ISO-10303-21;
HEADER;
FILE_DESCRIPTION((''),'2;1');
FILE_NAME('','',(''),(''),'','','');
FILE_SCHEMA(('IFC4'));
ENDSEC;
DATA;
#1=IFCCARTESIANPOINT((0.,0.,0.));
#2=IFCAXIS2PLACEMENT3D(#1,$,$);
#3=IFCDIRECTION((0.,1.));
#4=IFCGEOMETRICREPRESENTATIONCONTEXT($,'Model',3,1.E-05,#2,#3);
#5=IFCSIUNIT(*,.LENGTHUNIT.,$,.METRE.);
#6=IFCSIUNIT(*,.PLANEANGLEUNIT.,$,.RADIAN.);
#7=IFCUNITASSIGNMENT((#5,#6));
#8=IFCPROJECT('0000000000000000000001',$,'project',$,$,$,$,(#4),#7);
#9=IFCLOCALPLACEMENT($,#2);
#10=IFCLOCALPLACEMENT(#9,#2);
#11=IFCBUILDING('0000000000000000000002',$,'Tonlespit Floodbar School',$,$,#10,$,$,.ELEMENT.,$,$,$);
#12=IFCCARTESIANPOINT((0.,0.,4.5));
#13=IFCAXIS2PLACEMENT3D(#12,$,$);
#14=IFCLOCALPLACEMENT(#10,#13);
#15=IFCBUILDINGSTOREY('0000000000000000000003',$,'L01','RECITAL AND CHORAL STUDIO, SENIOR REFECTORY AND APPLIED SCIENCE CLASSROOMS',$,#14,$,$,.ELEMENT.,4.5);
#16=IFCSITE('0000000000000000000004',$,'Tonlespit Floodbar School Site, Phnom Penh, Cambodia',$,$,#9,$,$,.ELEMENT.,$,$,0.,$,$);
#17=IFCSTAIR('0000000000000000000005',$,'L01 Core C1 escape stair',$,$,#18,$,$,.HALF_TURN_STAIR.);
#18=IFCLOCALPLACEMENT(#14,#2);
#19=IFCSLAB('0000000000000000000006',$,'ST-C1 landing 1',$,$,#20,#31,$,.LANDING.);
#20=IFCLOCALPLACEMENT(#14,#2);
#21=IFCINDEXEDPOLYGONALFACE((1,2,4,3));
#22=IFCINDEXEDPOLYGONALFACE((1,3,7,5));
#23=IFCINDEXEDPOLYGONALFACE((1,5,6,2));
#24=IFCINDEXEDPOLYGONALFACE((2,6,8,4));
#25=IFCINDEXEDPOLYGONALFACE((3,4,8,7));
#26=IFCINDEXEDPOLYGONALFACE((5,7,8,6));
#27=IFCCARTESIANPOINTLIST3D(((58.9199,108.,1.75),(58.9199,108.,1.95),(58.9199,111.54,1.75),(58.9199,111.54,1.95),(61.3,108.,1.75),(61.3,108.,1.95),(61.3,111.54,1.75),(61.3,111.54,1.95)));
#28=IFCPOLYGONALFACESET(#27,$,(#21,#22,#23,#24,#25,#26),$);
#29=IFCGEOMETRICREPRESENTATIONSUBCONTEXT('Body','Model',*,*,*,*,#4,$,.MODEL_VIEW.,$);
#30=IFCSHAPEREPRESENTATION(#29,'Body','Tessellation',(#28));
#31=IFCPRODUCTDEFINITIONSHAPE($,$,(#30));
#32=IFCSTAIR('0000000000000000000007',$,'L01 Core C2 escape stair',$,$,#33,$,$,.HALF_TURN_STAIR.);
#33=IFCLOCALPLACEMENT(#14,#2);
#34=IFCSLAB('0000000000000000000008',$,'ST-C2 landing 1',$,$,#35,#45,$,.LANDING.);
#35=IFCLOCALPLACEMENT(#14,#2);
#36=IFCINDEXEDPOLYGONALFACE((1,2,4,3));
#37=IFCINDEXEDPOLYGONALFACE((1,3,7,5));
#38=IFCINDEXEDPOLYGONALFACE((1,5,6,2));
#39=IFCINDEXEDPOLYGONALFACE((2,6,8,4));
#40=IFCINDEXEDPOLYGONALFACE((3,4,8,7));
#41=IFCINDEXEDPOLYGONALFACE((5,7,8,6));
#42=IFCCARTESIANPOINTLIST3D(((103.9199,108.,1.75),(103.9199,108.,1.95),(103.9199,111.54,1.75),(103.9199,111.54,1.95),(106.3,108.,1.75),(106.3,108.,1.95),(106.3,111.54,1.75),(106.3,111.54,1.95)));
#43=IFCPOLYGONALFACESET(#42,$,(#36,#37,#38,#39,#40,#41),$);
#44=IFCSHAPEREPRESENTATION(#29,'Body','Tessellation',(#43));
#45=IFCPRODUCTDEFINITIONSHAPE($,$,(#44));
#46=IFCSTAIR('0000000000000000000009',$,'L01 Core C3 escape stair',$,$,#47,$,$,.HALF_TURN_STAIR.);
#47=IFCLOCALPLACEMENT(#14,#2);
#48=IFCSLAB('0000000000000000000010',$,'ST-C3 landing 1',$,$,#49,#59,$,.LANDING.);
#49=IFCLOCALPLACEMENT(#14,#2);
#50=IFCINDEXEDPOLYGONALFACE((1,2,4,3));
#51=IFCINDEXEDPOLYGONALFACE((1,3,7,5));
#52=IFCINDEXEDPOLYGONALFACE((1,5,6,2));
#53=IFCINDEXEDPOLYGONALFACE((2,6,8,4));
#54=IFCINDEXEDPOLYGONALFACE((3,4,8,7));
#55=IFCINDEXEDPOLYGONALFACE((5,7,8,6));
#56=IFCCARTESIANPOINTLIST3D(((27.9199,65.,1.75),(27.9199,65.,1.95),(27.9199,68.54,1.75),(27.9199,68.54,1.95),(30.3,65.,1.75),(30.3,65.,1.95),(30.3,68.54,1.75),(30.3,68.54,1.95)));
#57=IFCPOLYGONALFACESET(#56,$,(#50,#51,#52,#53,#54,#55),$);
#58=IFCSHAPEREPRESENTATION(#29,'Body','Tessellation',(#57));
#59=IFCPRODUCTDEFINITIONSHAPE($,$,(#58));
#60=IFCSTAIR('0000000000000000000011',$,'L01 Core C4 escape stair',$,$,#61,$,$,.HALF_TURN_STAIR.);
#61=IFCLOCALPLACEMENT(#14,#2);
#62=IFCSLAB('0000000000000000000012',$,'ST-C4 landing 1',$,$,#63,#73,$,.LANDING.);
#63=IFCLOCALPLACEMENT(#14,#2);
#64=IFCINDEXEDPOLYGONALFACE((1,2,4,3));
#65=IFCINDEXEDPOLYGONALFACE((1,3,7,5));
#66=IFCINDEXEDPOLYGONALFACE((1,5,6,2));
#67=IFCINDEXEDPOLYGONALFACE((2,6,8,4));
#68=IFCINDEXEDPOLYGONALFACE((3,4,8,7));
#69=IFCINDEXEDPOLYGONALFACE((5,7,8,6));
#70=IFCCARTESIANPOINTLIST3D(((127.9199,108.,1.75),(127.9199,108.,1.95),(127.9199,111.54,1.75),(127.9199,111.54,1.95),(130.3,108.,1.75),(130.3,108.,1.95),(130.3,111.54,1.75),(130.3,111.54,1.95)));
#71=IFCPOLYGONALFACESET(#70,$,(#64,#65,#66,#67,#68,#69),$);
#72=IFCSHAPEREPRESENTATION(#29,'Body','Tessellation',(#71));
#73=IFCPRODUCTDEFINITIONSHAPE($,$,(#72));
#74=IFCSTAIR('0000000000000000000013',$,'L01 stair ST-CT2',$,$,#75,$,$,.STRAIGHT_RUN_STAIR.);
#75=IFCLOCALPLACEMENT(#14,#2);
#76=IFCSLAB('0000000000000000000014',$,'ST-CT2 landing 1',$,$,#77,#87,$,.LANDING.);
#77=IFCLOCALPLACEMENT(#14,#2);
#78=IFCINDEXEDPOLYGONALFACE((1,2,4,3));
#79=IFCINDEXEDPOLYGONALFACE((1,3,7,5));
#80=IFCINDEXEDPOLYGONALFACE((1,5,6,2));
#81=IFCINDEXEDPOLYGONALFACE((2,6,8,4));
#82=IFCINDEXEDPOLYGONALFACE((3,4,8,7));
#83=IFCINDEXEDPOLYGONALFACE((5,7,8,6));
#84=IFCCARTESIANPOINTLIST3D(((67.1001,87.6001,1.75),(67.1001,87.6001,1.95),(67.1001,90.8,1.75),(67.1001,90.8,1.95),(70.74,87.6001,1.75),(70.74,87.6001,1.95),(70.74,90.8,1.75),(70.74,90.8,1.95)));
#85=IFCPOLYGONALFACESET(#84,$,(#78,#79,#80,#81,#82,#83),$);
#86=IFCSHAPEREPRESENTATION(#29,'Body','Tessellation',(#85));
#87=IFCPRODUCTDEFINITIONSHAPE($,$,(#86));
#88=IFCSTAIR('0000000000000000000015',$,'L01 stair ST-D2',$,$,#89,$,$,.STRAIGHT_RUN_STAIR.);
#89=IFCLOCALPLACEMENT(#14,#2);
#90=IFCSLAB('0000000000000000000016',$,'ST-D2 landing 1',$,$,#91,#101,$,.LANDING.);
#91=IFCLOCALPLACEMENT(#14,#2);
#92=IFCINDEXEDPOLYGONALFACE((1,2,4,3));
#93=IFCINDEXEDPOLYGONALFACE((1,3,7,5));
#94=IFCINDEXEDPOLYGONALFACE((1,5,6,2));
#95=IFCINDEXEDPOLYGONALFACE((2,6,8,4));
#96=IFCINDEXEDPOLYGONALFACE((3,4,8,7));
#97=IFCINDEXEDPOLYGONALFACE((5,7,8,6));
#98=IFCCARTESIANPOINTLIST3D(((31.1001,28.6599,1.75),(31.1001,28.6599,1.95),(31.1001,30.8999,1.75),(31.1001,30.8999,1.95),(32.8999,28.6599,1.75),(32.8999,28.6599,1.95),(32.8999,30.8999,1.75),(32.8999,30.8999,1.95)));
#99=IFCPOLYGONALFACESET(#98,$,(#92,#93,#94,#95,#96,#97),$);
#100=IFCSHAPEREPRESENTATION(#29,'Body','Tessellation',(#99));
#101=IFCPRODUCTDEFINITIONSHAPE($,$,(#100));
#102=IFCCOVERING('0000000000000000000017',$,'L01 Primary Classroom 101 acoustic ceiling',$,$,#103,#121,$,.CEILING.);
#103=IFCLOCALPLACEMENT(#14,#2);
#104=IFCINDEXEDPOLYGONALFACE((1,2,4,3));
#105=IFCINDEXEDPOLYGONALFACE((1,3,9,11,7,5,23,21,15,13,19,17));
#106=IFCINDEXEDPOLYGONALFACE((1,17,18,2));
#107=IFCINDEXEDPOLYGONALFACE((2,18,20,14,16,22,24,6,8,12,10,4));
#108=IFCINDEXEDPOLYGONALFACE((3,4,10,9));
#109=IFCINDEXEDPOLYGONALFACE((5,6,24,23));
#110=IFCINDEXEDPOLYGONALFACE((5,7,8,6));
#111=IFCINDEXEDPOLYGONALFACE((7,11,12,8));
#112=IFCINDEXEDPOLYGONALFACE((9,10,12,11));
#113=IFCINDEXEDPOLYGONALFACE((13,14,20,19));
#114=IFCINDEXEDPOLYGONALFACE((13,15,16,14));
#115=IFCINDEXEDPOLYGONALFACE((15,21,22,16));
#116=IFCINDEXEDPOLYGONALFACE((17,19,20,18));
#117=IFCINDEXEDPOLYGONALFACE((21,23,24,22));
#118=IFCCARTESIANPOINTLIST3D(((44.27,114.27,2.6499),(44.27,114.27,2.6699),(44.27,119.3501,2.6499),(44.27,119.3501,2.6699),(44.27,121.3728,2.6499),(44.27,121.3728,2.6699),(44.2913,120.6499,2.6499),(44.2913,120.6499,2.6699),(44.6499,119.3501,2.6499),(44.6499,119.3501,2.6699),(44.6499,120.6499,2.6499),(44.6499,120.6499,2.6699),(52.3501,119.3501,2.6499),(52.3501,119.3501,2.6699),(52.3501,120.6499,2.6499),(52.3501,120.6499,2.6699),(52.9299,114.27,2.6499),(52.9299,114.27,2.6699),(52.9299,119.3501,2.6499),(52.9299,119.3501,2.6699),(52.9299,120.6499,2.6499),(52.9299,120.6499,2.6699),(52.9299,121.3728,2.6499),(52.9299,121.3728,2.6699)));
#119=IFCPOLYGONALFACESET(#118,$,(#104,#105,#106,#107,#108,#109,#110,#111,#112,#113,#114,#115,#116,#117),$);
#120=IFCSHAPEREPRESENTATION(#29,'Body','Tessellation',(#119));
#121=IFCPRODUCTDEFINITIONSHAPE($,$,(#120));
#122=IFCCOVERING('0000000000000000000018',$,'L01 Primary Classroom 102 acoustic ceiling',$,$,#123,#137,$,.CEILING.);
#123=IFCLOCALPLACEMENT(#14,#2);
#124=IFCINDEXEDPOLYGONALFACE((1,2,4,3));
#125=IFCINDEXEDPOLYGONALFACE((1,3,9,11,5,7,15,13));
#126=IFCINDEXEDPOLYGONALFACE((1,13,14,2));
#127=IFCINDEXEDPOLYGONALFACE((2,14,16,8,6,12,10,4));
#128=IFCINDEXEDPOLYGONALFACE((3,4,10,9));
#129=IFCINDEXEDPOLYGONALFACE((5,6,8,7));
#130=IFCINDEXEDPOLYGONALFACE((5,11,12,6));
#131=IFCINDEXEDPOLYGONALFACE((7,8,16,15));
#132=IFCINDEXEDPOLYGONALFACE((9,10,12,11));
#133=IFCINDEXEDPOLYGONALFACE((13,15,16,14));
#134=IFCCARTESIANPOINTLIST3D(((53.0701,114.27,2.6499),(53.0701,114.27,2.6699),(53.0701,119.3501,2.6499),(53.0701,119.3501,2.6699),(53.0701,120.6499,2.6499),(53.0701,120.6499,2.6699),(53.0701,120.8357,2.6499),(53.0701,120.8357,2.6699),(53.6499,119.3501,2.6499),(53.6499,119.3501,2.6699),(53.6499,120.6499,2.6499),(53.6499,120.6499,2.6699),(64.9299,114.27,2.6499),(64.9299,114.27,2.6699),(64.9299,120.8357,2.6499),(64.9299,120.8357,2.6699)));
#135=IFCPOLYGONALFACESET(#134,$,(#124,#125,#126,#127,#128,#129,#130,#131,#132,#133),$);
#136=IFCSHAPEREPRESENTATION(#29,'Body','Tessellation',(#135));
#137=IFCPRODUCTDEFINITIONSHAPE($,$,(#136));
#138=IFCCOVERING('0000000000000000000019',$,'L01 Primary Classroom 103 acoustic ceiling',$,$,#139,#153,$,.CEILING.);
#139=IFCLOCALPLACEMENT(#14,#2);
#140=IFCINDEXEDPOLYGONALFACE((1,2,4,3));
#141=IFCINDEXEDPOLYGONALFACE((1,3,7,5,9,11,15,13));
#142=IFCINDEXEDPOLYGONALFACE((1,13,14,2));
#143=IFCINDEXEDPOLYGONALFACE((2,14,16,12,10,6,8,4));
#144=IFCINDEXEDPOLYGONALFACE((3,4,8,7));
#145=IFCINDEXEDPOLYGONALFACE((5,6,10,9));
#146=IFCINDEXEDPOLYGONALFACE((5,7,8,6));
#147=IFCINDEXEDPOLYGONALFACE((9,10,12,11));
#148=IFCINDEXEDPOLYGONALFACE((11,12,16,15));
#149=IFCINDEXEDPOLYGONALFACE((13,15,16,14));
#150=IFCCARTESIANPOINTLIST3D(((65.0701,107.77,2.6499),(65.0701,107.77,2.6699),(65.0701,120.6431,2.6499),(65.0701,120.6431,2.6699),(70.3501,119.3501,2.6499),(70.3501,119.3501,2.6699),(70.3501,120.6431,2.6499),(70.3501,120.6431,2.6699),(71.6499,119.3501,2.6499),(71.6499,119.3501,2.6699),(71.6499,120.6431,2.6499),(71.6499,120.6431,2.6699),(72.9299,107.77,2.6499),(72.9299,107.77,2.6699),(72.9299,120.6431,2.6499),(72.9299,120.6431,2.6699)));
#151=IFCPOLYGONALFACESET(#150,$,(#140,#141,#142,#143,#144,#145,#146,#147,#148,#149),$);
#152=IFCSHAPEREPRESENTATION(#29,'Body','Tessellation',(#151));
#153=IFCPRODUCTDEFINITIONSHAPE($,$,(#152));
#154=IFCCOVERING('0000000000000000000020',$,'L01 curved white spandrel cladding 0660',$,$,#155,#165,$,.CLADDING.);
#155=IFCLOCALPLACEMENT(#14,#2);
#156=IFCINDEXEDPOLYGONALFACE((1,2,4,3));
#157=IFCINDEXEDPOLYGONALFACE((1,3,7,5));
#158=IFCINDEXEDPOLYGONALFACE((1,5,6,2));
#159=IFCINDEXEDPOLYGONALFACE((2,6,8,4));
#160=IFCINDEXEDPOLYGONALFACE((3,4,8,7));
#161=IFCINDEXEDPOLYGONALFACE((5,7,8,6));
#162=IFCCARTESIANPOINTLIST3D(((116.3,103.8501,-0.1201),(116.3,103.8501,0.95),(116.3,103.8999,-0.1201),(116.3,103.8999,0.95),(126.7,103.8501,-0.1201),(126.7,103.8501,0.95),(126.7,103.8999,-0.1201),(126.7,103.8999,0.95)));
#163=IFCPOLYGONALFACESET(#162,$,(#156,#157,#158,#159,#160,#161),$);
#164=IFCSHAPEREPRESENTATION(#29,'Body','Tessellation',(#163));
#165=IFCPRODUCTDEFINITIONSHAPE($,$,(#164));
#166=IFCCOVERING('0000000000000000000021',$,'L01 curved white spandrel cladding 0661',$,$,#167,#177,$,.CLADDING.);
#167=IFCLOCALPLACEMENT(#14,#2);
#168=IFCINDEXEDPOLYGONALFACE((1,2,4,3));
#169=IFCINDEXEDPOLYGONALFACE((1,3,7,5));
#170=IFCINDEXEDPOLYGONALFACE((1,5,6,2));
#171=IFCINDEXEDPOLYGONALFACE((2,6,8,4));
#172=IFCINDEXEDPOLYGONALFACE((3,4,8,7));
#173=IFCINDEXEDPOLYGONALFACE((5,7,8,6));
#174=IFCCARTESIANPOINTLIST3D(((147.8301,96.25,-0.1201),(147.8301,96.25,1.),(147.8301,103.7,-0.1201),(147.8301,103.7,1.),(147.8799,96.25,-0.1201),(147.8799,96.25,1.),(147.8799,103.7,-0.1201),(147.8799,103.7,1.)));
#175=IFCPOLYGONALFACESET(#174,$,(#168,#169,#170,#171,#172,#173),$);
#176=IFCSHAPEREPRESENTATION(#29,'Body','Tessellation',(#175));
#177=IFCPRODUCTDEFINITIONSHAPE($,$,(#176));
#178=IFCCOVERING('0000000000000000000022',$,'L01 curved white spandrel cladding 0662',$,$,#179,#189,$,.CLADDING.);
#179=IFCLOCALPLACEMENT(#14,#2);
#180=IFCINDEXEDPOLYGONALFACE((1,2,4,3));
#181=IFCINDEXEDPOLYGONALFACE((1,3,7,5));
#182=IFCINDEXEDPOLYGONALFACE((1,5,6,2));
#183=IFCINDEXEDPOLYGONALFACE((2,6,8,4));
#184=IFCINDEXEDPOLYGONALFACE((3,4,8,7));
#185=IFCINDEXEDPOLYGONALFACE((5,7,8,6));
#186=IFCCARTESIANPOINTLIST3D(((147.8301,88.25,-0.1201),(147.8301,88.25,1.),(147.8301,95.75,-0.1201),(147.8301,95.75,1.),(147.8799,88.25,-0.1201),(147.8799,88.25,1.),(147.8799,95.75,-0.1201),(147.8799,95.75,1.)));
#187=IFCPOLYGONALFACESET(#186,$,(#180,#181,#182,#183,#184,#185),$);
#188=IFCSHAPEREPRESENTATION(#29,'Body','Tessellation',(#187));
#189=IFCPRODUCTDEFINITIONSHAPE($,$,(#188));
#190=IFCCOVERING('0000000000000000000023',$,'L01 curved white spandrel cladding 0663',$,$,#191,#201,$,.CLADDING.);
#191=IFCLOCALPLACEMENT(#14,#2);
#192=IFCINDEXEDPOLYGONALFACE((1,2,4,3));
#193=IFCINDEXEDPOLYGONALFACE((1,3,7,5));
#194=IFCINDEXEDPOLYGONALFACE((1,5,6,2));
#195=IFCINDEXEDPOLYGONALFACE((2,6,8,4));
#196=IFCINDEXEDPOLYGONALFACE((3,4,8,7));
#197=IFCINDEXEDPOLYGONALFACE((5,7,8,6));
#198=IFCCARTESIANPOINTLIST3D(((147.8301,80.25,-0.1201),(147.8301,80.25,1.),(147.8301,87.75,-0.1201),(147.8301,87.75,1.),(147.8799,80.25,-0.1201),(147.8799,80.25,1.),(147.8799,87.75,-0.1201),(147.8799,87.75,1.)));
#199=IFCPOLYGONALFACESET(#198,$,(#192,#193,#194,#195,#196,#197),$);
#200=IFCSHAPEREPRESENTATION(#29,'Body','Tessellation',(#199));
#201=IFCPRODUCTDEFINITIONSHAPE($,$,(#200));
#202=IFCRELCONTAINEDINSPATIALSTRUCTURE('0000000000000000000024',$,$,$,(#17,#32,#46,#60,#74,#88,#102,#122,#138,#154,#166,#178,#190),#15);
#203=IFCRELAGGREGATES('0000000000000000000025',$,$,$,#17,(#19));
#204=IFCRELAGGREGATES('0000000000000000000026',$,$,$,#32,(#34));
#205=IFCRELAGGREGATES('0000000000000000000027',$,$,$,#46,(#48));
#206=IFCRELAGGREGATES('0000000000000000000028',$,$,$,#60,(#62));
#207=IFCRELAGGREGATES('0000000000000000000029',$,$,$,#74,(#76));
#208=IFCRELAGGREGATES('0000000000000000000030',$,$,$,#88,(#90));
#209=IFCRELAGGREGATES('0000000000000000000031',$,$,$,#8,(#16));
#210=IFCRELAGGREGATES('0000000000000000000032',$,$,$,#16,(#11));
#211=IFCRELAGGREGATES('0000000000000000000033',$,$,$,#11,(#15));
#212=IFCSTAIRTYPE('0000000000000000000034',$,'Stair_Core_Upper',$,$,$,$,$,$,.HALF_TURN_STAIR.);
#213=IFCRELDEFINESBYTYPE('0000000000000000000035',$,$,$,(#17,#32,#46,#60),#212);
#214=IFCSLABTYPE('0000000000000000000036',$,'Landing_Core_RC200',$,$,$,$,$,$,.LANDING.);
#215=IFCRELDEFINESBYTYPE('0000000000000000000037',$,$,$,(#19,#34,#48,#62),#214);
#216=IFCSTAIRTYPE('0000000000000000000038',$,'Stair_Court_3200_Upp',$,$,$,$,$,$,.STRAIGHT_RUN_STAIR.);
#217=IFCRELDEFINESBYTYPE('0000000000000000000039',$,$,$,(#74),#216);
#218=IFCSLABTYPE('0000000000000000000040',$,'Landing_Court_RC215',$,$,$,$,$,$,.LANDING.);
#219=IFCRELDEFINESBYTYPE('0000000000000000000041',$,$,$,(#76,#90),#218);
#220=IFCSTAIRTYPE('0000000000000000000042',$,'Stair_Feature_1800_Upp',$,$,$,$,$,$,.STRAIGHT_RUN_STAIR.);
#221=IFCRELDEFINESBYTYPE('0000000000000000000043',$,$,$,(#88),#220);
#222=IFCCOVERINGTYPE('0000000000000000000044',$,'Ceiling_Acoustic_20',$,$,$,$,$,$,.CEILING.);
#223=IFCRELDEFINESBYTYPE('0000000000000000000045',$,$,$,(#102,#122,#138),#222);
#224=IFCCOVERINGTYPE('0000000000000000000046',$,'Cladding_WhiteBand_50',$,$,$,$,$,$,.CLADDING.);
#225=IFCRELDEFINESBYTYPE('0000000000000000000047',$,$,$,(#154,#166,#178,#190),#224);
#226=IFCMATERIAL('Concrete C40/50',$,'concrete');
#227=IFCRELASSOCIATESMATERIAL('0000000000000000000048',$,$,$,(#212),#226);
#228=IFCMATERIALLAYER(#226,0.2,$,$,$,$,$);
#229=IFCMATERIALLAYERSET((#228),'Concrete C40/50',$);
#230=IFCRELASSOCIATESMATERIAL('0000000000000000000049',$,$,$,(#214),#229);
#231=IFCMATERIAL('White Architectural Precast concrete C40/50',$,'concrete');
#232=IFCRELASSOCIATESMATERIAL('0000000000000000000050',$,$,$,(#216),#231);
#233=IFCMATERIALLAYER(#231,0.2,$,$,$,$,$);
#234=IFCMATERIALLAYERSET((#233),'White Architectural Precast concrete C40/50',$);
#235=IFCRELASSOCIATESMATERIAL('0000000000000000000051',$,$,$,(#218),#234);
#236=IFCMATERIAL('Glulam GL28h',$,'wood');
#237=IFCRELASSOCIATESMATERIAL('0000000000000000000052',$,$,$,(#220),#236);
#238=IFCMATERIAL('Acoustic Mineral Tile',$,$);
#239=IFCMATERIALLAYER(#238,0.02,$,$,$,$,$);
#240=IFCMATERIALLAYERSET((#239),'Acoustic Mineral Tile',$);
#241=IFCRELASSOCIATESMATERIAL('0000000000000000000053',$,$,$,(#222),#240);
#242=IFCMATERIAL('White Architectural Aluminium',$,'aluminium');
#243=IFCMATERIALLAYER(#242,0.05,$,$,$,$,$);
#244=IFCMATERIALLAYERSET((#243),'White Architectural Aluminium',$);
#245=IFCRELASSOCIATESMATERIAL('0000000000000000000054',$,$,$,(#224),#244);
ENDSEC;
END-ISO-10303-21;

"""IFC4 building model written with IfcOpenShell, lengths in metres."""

from ifc_helpers import new_model, si_unit, direction, frame, origin, place, context, subcontext, project, spatial, polyline, outline, extrude, material, layer, layer_set, type_object, element, aggregate, save


model = new_model("IFC4")

# Units and contexts
model_context = context("Model", 3, precision=1e-05, world=origin(), true_north=direction((0.0, 1.0)))
body_context = subcontext(model_context, "Body", "Model", "MODEL_VIEW")
ifc_project = project(units=[si_unit("LENGTHUNIT", "METRE"), si_unit("PLANEANGLEUNIT", "RADIAN")], contexts=[model_context])

# Site, building, storey
site_placement = place(None, origin())
site = spatial("IfcSite", under=ifc_project, at=site_placement, Name="Tonlespit Floodbar School Site, Phnom Penh, Cambodia", CompositionType="ELEMENT", RefElevation=0.0)
building_placement = place(site_placement, origin())
building = spatial("IfcBuilding", under=site, at=building_placement, Name="Tonlespit Floodbar School", CompositionType="ELEMENT")
storey_placement = place(building_placement, frame((0.0, 0.0, 4.5)))
storey = spatial("IfcBuildingStorey", under=building, at=storey_placement, Name="L01", Description="RECITAL AND CHORAL STUDIO, SENIOR REFECTORY AND APPLIED SCIENCE CLASSROOMS", CompositionType="ELEMENT", Elevation=4.5)

# Stairs, slabs
ifc_material_1 = material(Name="Concrete C40/50", Category="concrete")
stair_type_1 = type_object("IfcStairType", Name="Stair_Core_Upper", PredefinedType="HALF_TURN_STAIR", material=ifc_material_1)
stair_1_placement = place(storey_placement, origin())
stair_1 = element("IfcStair", 1, at=stair_1_placement, inside=storey, type_object=stair_type_1, Name="L01 Core C1 escape stair", PredefinedType="HALF_TURN_STAIR")
ifc_layer_1 = layer(ifc_material_1, 0.2)
ifc_layer_set_1 = layer_set([ifc_layer_1], Name="Concrete C40/50")
slab_type_1 = type_object("IfcSlabType", Name="Landing_Core_RC200", PredefinedType="LANDING", material=ifc_layer_set_1)
slab_1_placement = place(storey_placement, frame((0.0, 0.0, 1.75)))
slab_1 = element("IfcSlab", 2, at=slab_1_placement, type_object=slab_type_1, Name="ST-C1 landing 1", PredefinedType="LANDING", context=body_context, shape_type="SweptSolid", body=[
    extrude(outline(polyline([(58.9199, 108.0), (61.3, 108.0), (61.3, 111.54), (58.9199, 111.54), (58.9199, 108.0)])), origin(), (0.0, 0.0, 1.0), 0.2),
])
aggregate(stair_1, [slab_1])
stair_2_placement = place(storey_placement, origin())
stair_2 = element("IfcStair", 3, at=stair_2_placement, inside=storey, type_object=stair_type_1, Name="L01 Core C2 escape stair", PredefinedType="HALF_TURN_STAIR")
slab_2_placement = place(storey_placement, frame((0.0, 0.0, 1.75)))
slab_2 = element("IfcSlab", 4, at=slab_2_placement, type_object=slab_type_1, Name="ST-C2 landing 1", PredefinedType="LANDING", context=body_context, shape_type="SweptSolid", body=[
    extrude(outline(polyline([(103.9199, 108.0), (106.3, 108.0), (106.3, 111.54), (103.9199, 111.54), (103.9199, 108.0)])), origin(), (0.0, 0.0, 1.0), 0.2),
])
aggregate(stair_2, [slab_2])
stair_3_placement = place(storey_placement, origin())
stair_3 = element("IfcStair", 5, at=stair_3_placement, inside=storey, type_object=stair_type_1, Name="L01 Core C3 escape stair", PredefinedType="HALF_TURN_STAIR")
slab_3_placement = place(storey_placement, frame((0.0, 0.0, 1.75)))
slab_3 = element("IfcSlab", 6, at=slab_3_placement, type_object=slab_type_1, Name="ST-C3 landing 1", PredefinedType="LANDING", context=body_context, shape_type="SweptSolid", body=[
    extrude(outline(polyline([(27.9199, 65.0), (30.3, 65.0), (30.3, 68.54), (27.9199, 68.54), (27.9199, 65.0)])), origin(), (0.0, 0.0, 1.0), 0.2),
])
aggregate(stair_3, [slab_3])
stair_4_placement = place(storey_placement, origin())
stair_4 = element("IfcStair", 7, at=stair_4_placement, inside=storey, type_object=stair_type_1, Name="L01 Core C4 escape stair", PredefinedType="HALF_TURN_STAIR")
slab_4_placement = place(storey_placement, frame((0.0, 0.0, 1.75)))
slab_4 = element("IfcSlab", 8, at=slab_4_placement, type_object=slab_type_1, Name="ST-C4 landing 1", PredefinedType="LANDING", context=body_context, shape_type="SweptSolid", body=[
    extrude(outline(polyline([(127.9199, 108.0), (130.3, 108.0), (130.3, 111.54), (127.9199, 111.54), (127.9199, 108.0)])), origin(), (0.0, 0.0, 1.0), 0.2),
])
aggregate(stair_4, [slab_4])
ifc_material_2 = material(Name="White Architectural Precast concrete C40/50", Category="concrete")
stair_type_2 = type_object("IfcStairType", Name="Stair_Court_3200_Upp", PredefinedType="STRAIGHT_RUN_STAIR", material=ifc_material_2)
stair_5_placement = place(storey_placement, origin())
stair_5 = element("IfcStair", 9, at=stair_5_placement, inside=storey, type_object=stair_type_2, Name="L01 stair ST-CT2", PredefinedType="STRAIGHT_RUN_STAIR")
ifc_layer_2 = layer(ifc_material_2, 0.2)
ifc_layer_set_2 = layer_set([ifc_layer_2], Name="White Architectural Precast concrete C40/50")
slab_type_2 = type_object("IfcSlabType", Name="Landing_Court_RC215", PredefinedType="LANDING", material=ifc_layer_set_2)
slab_5_placement = place(storey_placement, frame((0.0, 0.0, 1.75)))
slab_5 = element("IfcSlab", 10, at=slab_5_placement, type_object=slab_type_2, Name="ST-CT2 landing 1", PredefinedType="LANDING", context=body_context, shape_type="SweptSolid", body=[
    extrude(outline(polyline([(67.1001, 87.6001), (70.74, 87.6001), (70.74, 90.8), (67.1001, 90.8), (67.1001, 87.6001)])), origin(), (0.0, 0.0, 1.0), 0.2),
])
aggregate(stair_5, [slab_5])
ifc_material_3 = material(Name="Glulam GL28h", Category="wood")
stair_type_3 = type_object("IfcStairType", Name="Stair_Feature_1800_Upp", PredefinedType="STRAIGHT_RUN_STAIR", material=ifc_material_3)
stair_6_placement = place(storey_placement, origin())
stair_6 = element("IfcStair", 11, at=stair_6_placement, inside=storey, type_object=stair_type_3, Name="L01 stair ST-D2", PredefinedType="STRAIGHT_RUN_STAIR")
slab_6_placement = place(storey_placement, frame((0.0, 0.0, 1.75)))
slab_6 = element("IfcSlab", 12, at=slab_6_placement, type_object=slab_type_2, Name="ST-D2 landing 1", PredefinedType="LANDING", context=body_context, shape_type="SweptSolid", body=[
    extrude(outline(polyline([(31.1001, 30.8999), (31.1001, 28.6599), (32.8999, 28.6599), (32.8999, 30.8999), (31.1001, 30.8999)])), origin(), (0.0, 0.0, 1.0), 0.2),
])
aggregate(stair_6, [slab_6])

# Coverings
ifc_material_4 = material(Name="Acoustic Mineral Tile")
ifc_layer_3 = layer(ifc_material_4, 0.02)
ifc_layer_set_3 = layer_set([ifc_layer_3], Name="Acoustic Mineral Tile")
covering_type_1 = type_object("IfcCoveringType", Name="Ceiling_Acoustic_20", PredefinedType="CEILING", material=ifc_layer_set_3)
covering_1_placement = place(storey_placement, frame((0.0, 0.0, 2.6499)))
element("IfcCovering", 13, at=covering_1_placement, inside=storey, type_object=covering_type_1, Name="L01 Primary Classroom 101 acoustic ceiling", PredefinedType="CEILING", context=body_context, shape_type="SweptSolid", body=[
    extrude(outline(polyline([(52.9299, 120.6499), (52.3501, 120.6499), (52.3501, 119.3501), (52.9299, 119.3501), (52.9299, 114.27), (44.27, 114.27), (44.27, 119.3501), (44.6499, 119.3501), (44.6499, 120.6499), (44.2913, 120.6499), (44.27, 121.3728), (52.9299, 121.3728), (52.9299, 120.6499)])), origin(), (0.0, 0.0, 1.0), 0.02),
])
covering_2_placement = place(storey_placement, frame((0.0, 0.0, 2.6499)))
element("IfcCovering", 14, at=covering_2_placement, inside=storey, type_object=covering_type_1, Name="L01 Primary Classroom 102 acoustic ceiling", PredefinedType="CEILING", context=body_context, shape_type="SweptSolid", body=[
    extrude(outline(polyline([(53.0701, 119.3501), (53.6499, 119.3501), (53.6499, 120.6499), (53.0701, 120.6499), (53.0701, 120.8357), (64.9299, 120.8357), (64.9299, 114.27), (53.0701, 114.27), (53.0701, 119.3501)])), origin(), (0.0, 0.0, 1.0), 0.02),
])
covering_3_placement = place(storey_placement, frame((0.0, 0.0, 2.6499)))
element("IfcCovering", 15, at=covering_3_placement, inside=storey, type_object=covering_type_1, Name="L01 Primary Classroom 103 acoustic ceiling", PredefinedType="CEILING", context=body_context, shape_type="SweptSolid", body=[
    extrude(outline(polyline([(71.6499, 119.3501), (71.6499, 120.6431), (72.9299, 120.6431), (72.9299, 107.77), (65.0701, 107.77), (65.0701, 120.6431), (70.3501, 120.6431), (70.3501, 119.3501), (71.6499, 119.3501)])), origin(), (0.0, 0.0, 1.0), 0.02),
])
ifc_material_5 = material(Name="White Architectural Aluminium", Category="aluminium")
ifc_layer_4 = layer(ifc_material_5, 0.05)
ifc_layer_set_4 = layer_set([ifc_layer_4], Name="White Architectural Aluminium")
covering_type_2 = type_object("IfcCoveringType", Name="Cladding_WhiteBand_50", PredefinedType="CLADDING", material=ifc_layer_set_4)
covering_4_placement = place(storey_placement, frame((0.0, 0.0, -0.1201)))
element("IfcCovering", 16, at=covering_4_placement, inside=storey, type_object=covering_type_2, Name="L01 curved white spandrel cladding 0660", PredefinedType="CLADDING", context=body_context, shape_type="SweptSolid", body=[
    extrude(outline(polyline([(126.7, 103.8999), (116.3, 103.8999), (116.3, 103.8501), (126.7, 103.8501), (126.7, 103.8999)])), origin(), (0.0, 0.0, 1.0), 1.0701),
])
covering_5_placement = place(storey_placement, frame((0.0, 0.0, -0.1201)))
element("IfcCovering", 17, at=covering_5_placement, inside=storey, type_object=covering_type_2, Name="L01 curved white spandrel cladding 0661", PredefinedType="CLADDING", context=body_context, shape_type="SweptSolid", body=[
    extrude(outline(polyline([(147.8799, 96.25), (147.8799, 103.7), (147.8301, 103.7), (147.8301, 96.25), (147.8799, 96.25)])), origin(), (0.0, 0.0, 1.0), 1.1201),
])
covering_6_placement = place(storey_placement, frame((0.0, 0.0, -0.1201)))
element("IfcCovering", 18, at=covering_6_placement, inside=storey, type_object=covering_type_2, Name="L01 curved white spandrel cladding 0662", PredefinedType="CLADDING", context=body_context, shape_type="SweptSolid", body=[
    extrude(outline(polyline([(147.8799, 88.25), (147.8799, 95.75), (147.8301, 95.75), (147.8301, 88.25), (147.8799, 88.25)])), origin(), (0.0, 0.0, 1.0), 1.1201),
])
covering_7_placement = place(storey_placement, frame((0.0, 0.0, -0.1201)))
element("IfcCovering", 19, at=covering_7_placement, inside=storey, type_object=covering_type_2, Name="L01 curved white spandrel cladding 0663", PredefinedType="CLADDING", context=body_context, shape_type="SweptSolid", body=[
    extrude(outline(polyline([(147.8799, 80.25), (147.8799, 87.75), (147.8301, 87.75), (147.8301, 80.25), (147.8799, 80.25)])), origin(), (0.0, 0.0, 1.0), 1.1201),
])

save(model, "model.ifc")
